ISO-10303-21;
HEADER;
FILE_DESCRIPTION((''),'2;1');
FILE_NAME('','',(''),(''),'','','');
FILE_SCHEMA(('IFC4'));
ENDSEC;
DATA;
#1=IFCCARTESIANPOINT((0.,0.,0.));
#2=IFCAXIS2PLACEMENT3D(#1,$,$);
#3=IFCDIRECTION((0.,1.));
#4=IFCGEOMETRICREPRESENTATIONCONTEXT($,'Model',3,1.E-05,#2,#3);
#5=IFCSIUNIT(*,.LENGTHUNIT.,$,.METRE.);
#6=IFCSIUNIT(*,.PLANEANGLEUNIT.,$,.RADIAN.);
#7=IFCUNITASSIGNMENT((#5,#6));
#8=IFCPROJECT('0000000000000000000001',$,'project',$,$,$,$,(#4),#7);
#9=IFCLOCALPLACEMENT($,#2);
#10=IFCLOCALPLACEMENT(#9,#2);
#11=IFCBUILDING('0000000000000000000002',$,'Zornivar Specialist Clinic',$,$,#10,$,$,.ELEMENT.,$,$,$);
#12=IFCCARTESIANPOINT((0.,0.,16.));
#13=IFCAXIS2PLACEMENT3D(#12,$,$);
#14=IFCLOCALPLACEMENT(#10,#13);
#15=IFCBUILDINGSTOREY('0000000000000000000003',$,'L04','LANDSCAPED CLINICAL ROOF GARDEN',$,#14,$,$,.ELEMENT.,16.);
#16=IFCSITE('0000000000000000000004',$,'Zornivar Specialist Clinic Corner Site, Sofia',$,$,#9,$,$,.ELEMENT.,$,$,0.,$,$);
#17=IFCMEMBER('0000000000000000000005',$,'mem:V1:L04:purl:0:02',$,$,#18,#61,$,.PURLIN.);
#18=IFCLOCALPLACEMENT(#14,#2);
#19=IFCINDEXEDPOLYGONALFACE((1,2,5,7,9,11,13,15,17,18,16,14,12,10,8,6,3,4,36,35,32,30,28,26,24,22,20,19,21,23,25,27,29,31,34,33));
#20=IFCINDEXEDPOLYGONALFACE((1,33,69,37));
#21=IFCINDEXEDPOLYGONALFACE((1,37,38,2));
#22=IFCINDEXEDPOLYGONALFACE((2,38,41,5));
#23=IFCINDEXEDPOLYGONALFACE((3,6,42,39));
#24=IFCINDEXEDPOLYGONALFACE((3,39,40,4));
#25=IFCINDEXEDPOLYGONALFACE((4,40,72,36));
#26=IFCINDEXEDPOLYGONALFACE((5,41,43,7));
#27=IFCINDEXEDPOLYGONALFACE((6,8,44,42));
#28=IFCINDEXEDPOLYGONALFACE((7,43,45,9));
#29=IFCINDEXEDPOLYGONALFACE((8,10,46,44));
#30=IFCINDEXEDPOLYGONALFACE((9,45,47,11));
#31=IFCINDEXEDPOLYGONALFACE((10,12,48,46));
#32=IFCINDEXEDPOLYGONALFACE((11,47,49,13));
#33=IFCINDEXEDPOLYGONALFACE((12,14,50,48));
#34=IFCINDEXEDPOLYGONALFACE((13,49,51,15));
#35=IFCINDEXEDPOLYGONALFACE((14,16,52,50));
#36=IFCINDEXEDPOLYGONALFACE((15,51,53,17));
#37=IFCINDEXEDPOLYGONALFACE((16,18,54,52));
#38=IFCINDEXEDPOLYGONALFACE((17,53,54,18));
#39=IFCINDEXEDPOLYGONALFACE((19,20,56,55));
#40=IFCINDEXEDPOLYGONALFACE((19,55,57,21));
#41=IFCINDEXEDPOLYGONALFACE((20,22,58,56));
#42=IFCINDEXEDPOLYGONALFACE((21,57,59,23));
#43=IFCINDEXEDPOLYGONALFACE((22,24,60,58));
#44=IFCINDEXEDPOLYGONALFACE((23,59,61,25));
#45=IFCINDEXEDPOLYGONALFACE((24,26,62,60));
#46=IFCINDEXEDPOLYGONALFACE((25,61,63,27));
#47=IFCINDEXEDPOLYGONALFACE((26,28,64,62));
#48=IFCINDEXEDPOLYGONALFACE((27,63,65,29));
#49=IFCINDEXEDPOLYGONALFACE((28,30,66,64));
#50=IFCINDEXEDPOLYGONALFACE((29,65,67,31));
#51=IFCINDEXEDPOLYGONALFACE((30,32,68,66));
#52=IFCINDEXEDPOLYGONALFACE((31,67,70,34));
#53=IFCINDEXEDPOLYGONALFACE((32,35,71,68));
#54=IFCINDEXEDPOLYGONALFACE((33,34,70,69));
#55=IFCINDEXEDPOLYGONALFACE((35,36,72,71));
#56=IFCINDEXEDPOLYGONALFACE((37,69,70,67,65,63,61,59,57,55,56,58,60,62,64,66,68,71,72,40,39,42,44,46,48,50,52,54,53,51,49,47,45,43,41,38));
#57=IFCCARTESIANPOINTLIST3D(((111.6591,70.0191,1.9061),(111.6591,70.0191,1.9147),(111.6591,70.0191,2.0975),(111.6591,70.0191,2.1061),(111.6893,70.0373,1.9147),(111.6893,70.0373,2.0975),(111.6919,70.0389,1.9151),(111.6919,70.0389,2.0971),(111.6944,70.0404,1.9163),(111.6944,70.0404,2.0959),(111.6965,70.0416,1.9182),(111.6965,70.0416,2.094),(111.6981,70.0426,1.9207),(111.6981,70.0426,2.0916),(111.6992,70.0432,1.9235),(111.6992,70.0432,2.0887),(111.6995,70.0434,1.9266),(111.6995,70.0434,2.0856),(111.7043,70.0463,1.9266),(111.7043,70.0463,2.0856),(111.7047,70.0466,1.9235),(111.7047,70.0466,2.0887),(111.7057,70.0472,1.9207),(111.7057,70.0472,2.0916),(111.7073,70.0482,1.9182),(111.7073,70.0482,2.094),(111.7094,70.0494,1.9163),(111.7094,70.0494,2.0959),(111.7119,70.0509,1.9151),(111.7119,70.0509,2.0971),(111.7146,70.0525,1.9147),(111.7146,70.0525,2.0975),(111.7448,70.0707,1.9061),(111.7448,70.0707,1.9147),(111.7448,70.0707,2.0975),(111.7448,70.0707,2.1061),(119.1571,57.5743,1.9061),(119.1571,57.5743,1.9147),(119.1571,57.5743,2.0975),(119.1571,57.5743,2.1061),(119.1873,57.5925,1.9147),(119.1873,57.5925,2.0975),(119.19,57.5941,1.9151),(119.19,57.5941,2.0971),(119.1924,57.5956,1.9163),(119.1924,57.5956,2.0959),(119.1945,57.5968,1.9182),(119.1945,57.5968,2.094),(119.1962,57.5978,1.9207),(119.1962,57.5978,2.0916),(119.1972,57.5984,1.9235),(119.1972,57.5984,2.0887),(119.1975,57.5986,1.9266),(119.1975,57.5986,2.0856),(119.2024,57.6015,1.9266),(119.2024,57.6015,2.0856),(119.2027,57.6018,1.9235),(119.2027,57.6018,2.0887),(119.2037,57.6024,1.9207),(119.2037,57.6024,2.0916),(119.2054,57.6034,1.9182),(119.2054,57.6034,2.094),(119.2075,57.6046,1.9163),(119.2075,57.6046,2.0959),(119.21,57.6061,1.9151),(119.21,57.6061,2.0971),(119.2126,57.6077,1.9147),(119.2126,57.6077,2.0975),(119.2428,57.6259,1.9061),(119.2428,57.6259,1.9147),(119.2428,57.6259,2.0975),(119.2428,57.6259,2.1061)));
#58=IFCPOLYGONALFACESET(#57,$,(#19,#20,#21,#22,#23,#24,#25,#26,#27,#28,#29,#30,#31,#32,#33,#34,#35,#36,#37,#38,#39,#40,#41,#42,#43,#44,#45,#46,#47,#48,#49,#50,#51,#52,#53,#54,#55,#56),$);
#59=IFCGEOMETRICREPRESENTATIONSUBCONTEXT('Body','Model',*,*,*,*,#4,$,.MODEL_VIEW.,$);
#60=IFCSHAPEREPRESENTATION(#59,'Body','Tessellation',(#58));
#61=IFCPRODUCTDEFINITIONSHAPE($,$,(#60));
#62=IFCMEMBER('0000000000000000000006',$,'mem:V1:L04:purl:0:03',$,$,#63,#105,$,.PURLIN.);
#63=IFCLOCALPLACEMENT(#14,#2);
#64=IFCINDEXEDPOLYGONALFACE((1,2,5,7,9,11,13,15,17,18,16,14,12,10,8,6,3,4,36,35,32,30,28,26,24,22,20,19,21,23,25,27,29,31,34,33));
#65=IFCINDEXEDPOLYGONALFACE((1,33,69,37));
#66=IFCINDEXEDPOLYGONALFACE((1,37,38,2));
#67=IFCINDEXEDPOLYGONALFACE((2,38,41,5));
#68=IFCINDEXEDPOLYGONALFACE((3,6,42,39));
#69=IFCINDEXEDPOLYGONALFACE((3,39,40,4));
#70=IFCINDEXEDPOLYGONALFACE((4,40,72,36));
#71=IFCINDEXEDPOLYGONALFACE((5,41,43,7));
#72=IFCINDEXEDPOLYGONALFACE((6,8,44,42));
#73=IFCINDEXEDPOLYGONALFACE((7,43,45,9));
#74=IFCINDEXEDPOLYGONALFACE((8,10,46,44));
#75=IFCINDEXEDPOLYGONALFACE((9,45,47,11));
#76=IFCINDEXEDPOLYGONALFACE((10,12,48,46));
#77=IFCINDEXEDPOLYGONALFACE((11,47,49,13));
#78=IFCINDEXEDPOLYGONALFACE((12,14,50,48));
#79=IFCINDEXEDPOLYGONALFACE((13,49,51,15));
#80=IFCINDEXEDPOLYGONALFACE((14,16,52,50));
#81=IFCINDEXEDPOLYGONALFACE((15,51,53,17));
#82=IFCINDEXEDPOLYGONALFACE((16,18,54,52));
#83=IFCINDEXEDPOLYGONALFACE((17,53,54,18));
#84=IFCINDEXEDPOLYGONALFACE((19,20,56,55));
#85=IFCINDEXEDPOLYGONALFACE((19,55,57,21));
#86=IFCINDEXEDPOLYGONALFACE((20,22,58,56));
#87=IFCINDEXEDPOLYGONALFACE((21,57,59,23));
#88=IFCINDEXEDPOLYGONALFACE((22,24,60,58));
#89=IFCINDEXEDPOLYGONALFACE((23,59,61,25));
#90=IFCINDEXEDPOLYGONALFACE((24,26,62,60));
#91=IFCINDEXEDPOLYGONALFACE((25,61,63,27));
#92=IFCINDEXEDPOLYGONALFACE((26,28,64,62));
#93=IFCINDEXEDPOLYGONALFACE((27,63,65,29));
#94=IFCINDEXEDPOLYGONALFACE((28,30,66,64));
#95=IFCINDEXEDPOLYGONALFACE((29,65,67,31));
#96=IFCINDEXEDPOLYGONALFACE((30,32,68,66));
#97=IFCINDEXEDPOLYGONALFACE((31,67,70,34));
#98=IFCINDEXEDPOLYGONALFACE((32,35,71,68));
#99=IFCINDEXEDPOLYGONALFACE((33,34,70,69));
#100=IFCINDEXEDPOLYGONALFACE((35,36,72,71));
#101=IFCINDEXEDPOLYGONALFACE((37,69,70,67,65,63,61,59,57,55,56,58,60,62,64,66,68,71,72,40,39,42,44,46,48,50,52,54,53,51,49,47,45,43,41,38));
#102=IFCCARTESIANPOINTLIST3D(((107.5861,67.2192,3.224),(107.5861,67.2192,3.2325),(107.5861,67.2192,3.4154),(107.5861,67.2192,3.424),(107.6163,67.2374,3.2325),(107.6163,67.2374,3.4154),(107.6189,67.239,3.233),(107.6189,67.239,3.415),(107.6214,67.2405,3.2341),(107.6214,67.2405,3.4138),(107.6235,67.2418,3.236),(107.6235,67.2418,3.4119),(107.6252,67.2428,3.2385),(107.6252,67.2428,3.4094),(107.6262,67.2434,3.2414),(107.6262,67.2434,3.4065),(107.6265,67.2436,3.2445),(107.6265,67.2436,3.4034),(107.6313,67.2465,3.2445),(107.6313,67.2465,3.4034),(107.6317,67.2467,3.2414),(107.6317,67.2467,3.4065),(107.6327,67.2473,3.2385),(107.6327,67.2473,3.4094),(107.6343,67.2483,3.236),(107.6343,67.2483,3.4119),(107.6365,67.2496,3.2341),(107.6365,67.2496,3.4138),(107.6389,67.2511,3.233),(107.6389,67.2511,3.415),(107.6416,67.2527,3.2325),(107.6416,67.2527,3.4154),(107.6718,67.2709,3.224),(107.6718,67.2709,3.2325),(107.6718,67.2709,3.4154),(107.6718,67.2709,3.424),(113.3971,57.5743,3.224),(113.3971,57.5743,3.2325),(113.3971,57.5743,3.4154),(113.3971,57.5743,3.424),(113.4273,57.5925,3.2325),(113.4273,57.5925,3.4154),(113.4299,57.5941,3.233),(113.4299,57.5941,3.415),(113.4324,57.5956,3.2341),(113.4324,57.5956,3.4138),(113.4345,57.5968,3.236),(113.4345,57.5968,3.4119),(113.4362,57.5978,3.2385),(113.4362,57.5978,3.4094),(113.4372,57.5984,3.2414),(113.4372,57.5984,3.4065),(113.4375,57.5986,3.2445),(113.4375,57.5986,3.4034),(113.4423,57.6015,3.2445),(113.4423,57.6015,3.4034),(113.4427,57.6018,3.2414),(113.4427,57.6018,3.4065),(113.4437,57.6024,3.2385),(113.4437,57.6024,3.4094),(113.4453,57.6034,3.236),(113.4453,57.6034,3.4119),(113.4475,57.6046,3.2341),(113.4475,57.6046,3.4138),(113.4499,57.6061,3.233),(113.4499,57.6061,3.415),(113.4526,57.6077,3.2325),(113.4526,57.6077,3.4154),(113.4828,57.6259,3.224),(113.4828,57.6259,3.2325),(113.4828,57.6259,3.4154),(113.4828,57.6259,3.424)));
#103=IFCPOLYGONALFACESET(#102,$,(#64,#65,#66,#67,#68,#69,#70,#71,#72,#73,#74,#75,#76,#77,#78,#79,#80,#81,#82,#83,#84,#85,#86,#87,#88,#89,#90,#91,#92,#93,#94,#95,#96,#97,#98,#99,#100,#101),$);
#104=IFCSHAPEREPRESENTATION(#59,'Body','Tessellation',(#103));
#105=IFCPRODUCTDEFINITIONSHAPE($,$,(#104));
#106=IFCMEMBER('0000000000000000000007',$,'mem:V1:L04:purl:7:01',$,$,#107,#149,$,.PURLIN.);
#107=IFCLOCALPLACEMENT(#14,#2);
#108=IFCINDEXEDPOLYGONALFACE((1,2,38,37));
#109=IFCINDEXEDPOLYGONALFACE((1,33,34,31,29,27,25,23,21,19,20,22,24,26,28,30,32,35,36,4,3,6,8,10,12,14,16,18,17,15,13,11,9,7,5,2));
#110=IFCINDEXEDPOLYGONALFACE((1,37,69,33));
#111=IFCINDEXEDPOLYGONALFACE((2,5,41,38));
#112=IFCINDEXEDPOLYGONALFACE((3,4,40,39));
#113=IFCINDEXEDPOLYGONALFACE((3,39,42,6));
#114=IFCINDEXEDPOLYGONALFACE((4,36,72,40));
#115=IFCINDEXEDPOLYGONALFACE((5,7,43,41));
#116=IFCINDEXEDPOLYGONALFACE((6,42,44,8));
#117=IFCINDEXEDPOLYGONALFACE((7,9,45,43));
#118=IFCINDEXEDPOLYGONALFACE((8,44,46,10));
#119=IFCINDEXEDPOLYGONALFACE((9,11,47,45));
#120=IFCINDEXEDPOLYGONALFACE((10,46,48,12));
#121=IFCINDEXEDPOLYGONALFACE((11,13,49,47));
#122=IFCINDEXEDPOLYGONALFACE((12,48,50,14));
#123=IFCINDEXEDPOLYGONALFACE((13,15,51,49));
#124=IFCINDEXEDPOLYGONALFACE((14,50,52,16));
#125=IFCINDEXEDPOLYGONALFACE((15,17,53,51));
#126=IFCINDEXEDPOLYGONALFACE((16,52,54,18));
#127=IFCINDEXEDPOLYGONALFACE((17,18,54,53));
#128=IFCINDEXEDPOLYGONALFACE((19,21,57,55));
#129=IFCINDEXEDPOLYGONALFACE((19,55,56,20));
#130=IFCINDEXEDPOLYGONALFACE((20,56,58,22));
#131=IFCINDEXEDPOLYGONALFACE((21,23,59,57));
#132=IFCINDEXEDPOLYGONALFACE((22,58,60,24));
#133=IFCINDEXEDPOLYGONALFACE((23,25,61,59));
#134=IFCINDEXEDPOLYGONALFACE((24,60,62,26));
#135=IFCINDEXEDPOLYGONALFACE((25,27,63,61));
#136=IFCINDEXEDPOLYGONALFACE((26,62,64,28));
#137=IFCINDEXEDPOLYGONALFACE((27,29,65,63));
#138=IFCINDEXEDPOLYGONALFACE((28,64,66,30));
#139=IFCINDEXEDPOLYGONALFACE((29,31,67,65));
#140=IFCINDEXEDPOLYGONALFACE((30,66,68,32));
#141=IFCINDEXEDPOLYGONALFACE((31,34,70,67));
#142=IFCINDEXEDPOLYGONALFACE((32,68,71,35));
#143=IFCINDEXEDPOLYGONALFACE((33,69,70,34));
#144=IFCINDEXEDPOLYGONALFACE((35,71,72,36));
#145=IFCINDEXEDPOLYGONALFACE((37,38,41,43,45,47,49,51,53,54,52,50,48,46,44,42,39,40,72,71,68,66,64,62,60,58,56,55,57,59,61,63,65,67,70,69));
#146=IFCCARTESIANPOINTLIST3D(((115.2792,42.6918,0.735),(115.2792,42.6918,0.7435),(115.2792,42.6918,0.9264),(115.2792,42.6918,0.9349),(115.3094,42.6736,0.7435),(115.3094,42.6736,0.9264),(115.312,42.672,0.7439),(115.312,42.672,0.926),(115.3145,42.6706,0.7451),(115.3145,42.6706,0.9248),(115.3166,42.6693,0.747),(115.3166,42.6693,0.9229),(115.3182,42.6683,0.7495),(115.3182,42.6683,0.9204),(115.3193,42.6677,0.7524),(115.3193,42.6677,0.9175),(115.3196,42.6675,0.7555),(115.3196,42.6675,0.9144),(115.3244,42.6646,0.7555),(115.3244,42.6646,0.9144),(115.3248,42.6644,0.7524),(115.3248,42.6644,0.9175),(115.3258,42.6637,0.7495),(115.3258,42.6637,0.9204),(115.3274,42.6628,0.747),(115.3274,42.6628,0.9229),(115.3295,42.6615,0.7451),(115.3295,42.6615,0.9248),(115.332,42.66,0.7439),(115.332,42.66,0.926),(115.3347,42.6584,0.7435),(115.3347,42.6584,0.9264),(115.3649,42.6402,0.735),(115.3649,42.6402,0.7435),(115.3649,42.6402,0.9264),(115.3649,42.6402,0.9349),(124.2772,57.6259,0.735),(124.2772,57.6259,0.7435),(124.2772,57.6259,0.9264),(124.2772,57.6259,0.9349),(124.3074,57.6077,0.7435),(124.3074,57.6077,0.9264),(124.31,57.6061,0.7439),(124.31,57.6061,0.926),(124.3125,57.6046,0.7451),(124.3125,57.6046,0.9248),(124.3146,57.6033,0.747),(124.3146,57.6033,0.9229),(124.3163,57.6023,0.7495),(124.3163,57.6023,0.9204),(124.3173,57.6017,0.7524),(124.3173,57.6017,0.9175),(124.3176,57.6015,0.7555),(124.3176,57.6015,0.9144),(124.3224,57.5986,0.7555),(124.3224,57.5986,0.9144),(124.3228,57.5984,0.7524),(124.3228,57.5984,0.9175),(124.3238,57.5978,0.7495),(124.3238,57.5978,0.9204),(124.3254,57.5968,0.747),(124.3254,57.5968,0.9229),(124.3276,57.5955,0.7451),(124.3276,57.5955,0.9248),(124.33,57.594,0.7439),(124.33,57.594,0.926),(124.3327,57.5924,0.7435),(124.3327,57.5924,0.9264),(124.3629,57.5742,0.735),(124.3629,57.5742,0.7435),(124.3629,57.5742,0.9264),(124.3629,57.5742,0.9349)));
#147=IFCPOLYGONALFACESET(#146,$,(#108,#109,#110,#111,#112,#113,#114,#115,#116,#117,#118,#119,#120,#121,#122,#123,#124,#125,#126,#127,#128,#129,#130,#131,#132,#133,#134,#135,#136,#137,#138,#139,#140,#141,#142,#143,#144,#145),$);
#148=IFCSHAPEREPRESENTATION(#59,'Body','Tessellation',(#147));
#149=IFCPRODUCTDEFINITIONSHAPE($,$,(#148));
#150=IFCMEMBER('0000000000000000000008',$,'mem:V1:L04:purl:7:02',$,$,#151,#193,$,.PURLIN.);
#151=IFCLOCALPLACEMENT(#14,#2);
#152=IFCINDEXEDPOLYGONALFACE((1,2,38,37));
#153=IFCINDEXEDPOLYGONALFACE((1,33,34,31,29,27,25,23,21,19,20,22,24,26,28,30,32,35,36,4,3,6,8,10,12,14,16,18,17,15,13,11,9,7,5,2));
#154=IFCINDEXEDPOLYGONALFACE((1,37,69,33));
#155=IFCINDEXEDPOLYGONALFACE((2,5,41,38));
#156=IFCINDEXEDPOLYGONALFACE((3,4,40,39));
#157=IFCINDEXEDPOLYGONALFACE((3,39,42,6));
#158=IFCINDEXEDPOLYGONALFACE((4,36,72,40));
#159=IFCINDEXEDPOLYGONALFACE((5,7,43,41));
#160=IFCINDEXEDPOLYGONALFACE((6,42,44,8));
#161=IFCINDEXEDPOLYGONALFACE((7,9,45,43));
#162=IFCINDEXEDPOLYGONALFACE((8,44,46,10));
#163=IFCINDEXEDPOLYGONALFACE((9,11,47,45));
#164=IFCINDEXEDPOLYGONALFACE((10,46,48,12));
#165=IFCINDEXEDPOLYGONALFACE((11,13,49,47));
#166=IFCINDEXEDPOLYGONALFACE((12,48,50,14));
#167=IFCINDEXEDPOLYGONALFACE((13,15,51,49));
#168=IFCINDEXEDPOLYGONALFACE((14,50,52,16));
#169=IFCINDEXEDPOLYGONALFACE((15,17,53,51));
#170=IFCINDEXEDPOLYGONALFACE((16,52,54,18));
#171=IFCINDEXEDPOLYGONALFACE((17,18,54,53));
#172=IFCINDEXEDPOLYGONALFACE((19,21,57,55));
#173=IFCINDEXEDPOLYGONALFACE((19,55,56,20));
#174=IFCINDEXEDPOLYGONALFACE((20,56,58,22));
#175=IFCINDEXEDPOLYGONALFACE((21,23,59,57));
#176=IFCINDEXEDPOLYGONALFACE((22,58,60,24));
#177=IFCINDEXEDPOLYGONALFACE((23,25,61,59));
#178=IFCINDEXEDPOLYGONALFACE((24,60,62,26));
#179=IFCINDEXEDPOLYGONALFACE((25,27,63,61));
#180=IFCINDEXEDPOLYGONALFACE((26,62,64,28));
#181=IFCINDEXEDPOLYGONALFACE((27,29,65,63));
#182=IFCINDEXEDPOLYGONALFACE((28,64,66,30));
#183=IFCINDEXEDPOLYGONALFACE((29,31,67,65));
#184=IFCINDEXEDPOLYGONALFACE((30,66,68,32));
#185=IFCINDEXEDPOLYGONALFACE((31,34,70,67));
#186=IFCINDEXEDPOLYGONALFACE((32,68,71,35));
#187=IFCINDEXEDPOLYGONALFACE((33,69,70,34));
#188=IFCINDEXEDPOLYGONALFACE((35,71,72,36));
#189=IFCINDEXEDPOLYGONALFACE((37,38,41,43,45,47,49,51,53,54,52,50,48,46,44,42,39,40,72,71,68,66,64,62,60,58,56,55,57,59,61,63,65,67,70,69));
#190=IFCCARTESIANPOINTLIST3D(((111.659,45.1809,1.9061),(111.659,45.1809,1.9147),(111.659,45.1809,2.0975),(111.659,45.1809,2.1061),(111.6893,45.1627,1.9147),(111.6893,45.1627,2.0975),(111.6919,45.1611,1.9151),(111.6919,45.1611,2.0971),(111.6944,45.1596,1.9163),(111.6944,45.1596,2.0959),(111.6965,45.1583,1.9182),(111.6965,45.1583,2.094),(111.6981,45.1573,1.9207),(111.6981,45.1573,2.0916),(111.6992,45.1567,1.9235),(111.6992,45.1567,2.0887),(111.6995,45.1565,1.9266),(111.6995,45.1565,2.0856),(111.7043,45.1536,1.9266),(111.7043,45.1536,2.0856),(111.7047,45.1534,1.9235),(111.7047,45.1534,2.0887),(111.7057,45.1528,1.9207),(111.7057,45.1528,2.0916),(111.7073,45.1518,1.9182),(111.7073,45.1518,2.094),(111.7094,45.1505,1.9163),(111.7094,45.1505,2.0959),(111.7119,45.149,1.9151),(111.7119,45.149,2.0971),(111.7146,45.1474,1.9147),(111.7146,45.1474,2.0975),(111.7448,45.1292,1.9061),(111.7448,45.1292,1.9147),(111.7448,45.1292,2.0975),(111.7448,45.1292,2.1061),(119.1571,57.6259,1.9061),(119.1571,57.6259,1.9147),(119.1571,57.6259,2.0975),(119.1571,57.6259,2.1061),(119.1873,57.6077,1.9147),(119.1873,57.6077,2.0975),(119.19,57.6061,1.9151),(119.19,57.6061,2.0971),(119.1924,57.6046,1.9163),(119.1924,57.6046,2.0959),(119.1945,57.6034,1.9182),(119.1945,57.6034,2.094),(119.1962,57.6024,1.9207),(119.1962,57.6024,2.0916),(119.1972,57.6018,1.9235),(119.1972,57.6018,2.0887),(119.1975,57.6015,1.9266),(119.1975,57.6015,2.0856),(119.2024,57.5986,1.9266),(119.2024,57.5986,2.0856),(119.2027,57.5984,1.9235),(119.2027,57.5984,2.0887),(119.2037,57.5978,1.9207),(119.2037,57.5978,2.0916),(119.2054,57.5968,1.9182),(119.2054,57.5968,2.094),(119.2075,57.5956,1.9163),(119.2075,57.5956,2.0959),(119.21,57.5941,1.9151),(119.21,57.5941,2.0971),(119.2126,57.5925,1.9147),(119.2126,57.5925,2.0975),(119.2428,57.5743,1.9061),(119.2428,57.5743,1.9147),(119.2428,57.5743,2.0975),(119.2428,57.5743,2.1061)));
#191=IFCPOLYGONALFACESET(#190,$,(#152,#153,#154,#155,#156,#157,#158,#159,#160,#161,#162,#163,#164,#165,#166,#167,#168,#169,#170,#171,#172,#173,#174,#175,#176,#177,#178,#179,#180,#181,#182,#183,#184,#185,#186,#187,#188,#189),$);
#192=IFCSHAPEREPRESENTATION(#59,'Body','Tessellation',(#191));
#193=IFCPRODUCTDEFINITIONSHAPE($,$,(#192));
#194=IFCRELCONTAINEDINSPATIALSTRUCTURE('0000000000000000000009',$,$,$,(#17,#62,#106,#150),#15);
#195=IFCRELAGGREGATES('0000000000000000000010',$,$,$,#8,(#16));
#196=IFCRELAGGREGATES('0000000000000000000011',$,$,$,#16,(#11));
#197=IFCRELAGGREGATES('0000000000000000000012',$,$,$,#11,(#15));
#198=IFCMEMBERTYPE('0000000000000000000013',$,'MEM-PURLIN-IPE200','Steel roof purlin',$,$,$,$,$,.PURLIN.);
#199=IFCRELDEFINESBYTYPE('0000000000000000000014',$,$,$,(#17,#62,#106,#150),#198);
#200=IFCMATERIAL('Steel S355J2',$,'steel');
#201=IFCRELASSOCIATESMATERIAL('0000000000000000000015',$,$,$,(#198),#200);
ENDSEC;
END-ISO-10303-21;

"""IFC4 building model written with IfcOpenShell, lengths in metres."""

from ifc_helpers import new_model, si_unit, direction, frame, origin, origin_2d, place, context, subcontext, project, spatial, i_section, extrude, material, material_profile, profile_set, type_object, element, save


model = new_model("IFC4")

# Units and contexts
model_context = context("Model", 3, precision=1e-05, world=origin(), true_north=direction((0.0, 1.0)))
body_context = subcontext(model_context, "Body", "Model", "MODEL_VIEW")
ifc_project = project(units=[si_unit("LENGTHUNIT", "METRE"), si_unit("PLANEANGLEUNIT", "RADIAN")], contexts=[model_context])

# Site, building, storey
site_placement = place(None, origin())
site = spatial("IfcSite", under=ifc_project, at=site_placement, Name="Zornivar Specialist Clinic Corner Site, Sofia", CompositionType="ELEMENT", RefElevation=0.0)
building_placement = place(site_placement, origin())
building = spatial("IfcBuilding", under=site, at=building_placement, Name="Zornivar Specialist Clinic", CompositionType="ELEMENT")
storey_placement = place(building_placement, frame((0.0, 0.0, 16.0)))
storey = spatial("IfcBuildingStorey", under=building, at=storey_placement, Name="L04", Description="LANDSCAPED CLINICAL ROOF GARDEN", CompositionType="ELEMENT", Elevation=16.0)

# Members
ifc_material_1 = material(Name="Steel S355J2", Category="steel")
ifc_material_profile_1 = material_profile(ifc_material_1, i_section(OverallWidth=0.1001, OverallDepth=0.2, WebThickness=0.0056, FlangeThickness=0.0085, FilletRadius=0.012, at=origin_2d()), Name="IPE 200")
ifc_profile_set_1 = profile_set([ifc_material_profile_1], Name="Steel S355J2")
member_type_1 = type_object("IfcMemberType", Name="MEM-PURLIN-IPE200", Description="Steel roof purlin", PredefinedType="PURLIN", material=ifc_profile_set_1)
member_1_placement = place(storey_placement, frame((119.2, 57.6001, 2.0061), z_axis=(-0.516071, 0.856546, 0.0), x_axis=(-0.856546, -0.516071, 0.0)))
element("IfcMember", 1, at=member_1_placement, inside=storey, type_object=member_type_1, Name="mem:V1:L04:purl:0:02", PredefinedType="PURLIN", context=body_context, shape_type="SweptSolid", body=[
    extrude(i_section(OverallWidth=0.1001, OverallDepth=0.2, WebThickness=0.0056, FlangeThickness=0.0085, FilletRadius=0.012, at=origin_2d()), origin(), (0.0, 0.0, 1.0), 14.5291),
])
member_2_placement = place(storey_placement, frame((113.4399, 57.6001, 3.324), z_axis=(-0.516064, 0.85655, 0.0), x_axis=(-0.85655, -0.516064, 0.0)))
element("IfcMember", 2, at=member_2_placement, inside=storey, type_object=member_type_1, Name="mem:V1:L04:purl:0:03", PredefinedType="PURLIN", context=body_context, shape_type="SweptSolid", body=[
    extrude(i_section(OverallWidth=0.1001, OverallDepth=0.2, WebThickness=0.0056, FlangeThickness=0.0085, FilletRadius=0.012, at=origin_2d()), origin(), (0.0, 0.0, 1.0), 11.2603),
])
member_3_placement = place(storey_placement, frame((115.322, 42.666, 0.835), z_axis=(0.51608, 0.85654, 0.0), x_axis=(-0.85654, 0.51608, 0.0)))
element("IfcMember", 3, at=member_3_placement, inside=storey, type_object=member_type_1, Name="mem:V1:L04:purl:7:01", PredefinedType="PURLIN", context=body_context, shape_type="SweptSolid", body=[
    extrude(i_section(OverallWidth=0.1001, OverallDepth=0.2, WebThickness=0.0056, FlangeThickness=0.0085, FilletRadius=0.012, at=origin_2d()), origin(), (0.0, 0.0, 1.0), 17.4353),
])
member_4_placement = place(storey_placement, frame((111.7019, 45.155, 2.0061), z_axis=(0.516064, 0.85655, 0.0), x_axis=(-0.85655, 0.516064, 0.0)))
element("IfcMember", 4, at=member_4_placement, inside=storey, type_object=member_type_1, Name="mem:V1:L04:purl:7:02", PredefinedType="PURLIN", context=body_context, shape_type="SweptSolid", body=[
    extrude(i_section(OverallWidth=0.1001, OverallDepth=0.2, WebThickness=0.0056, FlangeThickness=0.0085, FilletRadius=0.012, at=origin_2d()), origin(), (0.0, 0.0, 1.0), 14.5293),
])

save(model, "model.ifc")
